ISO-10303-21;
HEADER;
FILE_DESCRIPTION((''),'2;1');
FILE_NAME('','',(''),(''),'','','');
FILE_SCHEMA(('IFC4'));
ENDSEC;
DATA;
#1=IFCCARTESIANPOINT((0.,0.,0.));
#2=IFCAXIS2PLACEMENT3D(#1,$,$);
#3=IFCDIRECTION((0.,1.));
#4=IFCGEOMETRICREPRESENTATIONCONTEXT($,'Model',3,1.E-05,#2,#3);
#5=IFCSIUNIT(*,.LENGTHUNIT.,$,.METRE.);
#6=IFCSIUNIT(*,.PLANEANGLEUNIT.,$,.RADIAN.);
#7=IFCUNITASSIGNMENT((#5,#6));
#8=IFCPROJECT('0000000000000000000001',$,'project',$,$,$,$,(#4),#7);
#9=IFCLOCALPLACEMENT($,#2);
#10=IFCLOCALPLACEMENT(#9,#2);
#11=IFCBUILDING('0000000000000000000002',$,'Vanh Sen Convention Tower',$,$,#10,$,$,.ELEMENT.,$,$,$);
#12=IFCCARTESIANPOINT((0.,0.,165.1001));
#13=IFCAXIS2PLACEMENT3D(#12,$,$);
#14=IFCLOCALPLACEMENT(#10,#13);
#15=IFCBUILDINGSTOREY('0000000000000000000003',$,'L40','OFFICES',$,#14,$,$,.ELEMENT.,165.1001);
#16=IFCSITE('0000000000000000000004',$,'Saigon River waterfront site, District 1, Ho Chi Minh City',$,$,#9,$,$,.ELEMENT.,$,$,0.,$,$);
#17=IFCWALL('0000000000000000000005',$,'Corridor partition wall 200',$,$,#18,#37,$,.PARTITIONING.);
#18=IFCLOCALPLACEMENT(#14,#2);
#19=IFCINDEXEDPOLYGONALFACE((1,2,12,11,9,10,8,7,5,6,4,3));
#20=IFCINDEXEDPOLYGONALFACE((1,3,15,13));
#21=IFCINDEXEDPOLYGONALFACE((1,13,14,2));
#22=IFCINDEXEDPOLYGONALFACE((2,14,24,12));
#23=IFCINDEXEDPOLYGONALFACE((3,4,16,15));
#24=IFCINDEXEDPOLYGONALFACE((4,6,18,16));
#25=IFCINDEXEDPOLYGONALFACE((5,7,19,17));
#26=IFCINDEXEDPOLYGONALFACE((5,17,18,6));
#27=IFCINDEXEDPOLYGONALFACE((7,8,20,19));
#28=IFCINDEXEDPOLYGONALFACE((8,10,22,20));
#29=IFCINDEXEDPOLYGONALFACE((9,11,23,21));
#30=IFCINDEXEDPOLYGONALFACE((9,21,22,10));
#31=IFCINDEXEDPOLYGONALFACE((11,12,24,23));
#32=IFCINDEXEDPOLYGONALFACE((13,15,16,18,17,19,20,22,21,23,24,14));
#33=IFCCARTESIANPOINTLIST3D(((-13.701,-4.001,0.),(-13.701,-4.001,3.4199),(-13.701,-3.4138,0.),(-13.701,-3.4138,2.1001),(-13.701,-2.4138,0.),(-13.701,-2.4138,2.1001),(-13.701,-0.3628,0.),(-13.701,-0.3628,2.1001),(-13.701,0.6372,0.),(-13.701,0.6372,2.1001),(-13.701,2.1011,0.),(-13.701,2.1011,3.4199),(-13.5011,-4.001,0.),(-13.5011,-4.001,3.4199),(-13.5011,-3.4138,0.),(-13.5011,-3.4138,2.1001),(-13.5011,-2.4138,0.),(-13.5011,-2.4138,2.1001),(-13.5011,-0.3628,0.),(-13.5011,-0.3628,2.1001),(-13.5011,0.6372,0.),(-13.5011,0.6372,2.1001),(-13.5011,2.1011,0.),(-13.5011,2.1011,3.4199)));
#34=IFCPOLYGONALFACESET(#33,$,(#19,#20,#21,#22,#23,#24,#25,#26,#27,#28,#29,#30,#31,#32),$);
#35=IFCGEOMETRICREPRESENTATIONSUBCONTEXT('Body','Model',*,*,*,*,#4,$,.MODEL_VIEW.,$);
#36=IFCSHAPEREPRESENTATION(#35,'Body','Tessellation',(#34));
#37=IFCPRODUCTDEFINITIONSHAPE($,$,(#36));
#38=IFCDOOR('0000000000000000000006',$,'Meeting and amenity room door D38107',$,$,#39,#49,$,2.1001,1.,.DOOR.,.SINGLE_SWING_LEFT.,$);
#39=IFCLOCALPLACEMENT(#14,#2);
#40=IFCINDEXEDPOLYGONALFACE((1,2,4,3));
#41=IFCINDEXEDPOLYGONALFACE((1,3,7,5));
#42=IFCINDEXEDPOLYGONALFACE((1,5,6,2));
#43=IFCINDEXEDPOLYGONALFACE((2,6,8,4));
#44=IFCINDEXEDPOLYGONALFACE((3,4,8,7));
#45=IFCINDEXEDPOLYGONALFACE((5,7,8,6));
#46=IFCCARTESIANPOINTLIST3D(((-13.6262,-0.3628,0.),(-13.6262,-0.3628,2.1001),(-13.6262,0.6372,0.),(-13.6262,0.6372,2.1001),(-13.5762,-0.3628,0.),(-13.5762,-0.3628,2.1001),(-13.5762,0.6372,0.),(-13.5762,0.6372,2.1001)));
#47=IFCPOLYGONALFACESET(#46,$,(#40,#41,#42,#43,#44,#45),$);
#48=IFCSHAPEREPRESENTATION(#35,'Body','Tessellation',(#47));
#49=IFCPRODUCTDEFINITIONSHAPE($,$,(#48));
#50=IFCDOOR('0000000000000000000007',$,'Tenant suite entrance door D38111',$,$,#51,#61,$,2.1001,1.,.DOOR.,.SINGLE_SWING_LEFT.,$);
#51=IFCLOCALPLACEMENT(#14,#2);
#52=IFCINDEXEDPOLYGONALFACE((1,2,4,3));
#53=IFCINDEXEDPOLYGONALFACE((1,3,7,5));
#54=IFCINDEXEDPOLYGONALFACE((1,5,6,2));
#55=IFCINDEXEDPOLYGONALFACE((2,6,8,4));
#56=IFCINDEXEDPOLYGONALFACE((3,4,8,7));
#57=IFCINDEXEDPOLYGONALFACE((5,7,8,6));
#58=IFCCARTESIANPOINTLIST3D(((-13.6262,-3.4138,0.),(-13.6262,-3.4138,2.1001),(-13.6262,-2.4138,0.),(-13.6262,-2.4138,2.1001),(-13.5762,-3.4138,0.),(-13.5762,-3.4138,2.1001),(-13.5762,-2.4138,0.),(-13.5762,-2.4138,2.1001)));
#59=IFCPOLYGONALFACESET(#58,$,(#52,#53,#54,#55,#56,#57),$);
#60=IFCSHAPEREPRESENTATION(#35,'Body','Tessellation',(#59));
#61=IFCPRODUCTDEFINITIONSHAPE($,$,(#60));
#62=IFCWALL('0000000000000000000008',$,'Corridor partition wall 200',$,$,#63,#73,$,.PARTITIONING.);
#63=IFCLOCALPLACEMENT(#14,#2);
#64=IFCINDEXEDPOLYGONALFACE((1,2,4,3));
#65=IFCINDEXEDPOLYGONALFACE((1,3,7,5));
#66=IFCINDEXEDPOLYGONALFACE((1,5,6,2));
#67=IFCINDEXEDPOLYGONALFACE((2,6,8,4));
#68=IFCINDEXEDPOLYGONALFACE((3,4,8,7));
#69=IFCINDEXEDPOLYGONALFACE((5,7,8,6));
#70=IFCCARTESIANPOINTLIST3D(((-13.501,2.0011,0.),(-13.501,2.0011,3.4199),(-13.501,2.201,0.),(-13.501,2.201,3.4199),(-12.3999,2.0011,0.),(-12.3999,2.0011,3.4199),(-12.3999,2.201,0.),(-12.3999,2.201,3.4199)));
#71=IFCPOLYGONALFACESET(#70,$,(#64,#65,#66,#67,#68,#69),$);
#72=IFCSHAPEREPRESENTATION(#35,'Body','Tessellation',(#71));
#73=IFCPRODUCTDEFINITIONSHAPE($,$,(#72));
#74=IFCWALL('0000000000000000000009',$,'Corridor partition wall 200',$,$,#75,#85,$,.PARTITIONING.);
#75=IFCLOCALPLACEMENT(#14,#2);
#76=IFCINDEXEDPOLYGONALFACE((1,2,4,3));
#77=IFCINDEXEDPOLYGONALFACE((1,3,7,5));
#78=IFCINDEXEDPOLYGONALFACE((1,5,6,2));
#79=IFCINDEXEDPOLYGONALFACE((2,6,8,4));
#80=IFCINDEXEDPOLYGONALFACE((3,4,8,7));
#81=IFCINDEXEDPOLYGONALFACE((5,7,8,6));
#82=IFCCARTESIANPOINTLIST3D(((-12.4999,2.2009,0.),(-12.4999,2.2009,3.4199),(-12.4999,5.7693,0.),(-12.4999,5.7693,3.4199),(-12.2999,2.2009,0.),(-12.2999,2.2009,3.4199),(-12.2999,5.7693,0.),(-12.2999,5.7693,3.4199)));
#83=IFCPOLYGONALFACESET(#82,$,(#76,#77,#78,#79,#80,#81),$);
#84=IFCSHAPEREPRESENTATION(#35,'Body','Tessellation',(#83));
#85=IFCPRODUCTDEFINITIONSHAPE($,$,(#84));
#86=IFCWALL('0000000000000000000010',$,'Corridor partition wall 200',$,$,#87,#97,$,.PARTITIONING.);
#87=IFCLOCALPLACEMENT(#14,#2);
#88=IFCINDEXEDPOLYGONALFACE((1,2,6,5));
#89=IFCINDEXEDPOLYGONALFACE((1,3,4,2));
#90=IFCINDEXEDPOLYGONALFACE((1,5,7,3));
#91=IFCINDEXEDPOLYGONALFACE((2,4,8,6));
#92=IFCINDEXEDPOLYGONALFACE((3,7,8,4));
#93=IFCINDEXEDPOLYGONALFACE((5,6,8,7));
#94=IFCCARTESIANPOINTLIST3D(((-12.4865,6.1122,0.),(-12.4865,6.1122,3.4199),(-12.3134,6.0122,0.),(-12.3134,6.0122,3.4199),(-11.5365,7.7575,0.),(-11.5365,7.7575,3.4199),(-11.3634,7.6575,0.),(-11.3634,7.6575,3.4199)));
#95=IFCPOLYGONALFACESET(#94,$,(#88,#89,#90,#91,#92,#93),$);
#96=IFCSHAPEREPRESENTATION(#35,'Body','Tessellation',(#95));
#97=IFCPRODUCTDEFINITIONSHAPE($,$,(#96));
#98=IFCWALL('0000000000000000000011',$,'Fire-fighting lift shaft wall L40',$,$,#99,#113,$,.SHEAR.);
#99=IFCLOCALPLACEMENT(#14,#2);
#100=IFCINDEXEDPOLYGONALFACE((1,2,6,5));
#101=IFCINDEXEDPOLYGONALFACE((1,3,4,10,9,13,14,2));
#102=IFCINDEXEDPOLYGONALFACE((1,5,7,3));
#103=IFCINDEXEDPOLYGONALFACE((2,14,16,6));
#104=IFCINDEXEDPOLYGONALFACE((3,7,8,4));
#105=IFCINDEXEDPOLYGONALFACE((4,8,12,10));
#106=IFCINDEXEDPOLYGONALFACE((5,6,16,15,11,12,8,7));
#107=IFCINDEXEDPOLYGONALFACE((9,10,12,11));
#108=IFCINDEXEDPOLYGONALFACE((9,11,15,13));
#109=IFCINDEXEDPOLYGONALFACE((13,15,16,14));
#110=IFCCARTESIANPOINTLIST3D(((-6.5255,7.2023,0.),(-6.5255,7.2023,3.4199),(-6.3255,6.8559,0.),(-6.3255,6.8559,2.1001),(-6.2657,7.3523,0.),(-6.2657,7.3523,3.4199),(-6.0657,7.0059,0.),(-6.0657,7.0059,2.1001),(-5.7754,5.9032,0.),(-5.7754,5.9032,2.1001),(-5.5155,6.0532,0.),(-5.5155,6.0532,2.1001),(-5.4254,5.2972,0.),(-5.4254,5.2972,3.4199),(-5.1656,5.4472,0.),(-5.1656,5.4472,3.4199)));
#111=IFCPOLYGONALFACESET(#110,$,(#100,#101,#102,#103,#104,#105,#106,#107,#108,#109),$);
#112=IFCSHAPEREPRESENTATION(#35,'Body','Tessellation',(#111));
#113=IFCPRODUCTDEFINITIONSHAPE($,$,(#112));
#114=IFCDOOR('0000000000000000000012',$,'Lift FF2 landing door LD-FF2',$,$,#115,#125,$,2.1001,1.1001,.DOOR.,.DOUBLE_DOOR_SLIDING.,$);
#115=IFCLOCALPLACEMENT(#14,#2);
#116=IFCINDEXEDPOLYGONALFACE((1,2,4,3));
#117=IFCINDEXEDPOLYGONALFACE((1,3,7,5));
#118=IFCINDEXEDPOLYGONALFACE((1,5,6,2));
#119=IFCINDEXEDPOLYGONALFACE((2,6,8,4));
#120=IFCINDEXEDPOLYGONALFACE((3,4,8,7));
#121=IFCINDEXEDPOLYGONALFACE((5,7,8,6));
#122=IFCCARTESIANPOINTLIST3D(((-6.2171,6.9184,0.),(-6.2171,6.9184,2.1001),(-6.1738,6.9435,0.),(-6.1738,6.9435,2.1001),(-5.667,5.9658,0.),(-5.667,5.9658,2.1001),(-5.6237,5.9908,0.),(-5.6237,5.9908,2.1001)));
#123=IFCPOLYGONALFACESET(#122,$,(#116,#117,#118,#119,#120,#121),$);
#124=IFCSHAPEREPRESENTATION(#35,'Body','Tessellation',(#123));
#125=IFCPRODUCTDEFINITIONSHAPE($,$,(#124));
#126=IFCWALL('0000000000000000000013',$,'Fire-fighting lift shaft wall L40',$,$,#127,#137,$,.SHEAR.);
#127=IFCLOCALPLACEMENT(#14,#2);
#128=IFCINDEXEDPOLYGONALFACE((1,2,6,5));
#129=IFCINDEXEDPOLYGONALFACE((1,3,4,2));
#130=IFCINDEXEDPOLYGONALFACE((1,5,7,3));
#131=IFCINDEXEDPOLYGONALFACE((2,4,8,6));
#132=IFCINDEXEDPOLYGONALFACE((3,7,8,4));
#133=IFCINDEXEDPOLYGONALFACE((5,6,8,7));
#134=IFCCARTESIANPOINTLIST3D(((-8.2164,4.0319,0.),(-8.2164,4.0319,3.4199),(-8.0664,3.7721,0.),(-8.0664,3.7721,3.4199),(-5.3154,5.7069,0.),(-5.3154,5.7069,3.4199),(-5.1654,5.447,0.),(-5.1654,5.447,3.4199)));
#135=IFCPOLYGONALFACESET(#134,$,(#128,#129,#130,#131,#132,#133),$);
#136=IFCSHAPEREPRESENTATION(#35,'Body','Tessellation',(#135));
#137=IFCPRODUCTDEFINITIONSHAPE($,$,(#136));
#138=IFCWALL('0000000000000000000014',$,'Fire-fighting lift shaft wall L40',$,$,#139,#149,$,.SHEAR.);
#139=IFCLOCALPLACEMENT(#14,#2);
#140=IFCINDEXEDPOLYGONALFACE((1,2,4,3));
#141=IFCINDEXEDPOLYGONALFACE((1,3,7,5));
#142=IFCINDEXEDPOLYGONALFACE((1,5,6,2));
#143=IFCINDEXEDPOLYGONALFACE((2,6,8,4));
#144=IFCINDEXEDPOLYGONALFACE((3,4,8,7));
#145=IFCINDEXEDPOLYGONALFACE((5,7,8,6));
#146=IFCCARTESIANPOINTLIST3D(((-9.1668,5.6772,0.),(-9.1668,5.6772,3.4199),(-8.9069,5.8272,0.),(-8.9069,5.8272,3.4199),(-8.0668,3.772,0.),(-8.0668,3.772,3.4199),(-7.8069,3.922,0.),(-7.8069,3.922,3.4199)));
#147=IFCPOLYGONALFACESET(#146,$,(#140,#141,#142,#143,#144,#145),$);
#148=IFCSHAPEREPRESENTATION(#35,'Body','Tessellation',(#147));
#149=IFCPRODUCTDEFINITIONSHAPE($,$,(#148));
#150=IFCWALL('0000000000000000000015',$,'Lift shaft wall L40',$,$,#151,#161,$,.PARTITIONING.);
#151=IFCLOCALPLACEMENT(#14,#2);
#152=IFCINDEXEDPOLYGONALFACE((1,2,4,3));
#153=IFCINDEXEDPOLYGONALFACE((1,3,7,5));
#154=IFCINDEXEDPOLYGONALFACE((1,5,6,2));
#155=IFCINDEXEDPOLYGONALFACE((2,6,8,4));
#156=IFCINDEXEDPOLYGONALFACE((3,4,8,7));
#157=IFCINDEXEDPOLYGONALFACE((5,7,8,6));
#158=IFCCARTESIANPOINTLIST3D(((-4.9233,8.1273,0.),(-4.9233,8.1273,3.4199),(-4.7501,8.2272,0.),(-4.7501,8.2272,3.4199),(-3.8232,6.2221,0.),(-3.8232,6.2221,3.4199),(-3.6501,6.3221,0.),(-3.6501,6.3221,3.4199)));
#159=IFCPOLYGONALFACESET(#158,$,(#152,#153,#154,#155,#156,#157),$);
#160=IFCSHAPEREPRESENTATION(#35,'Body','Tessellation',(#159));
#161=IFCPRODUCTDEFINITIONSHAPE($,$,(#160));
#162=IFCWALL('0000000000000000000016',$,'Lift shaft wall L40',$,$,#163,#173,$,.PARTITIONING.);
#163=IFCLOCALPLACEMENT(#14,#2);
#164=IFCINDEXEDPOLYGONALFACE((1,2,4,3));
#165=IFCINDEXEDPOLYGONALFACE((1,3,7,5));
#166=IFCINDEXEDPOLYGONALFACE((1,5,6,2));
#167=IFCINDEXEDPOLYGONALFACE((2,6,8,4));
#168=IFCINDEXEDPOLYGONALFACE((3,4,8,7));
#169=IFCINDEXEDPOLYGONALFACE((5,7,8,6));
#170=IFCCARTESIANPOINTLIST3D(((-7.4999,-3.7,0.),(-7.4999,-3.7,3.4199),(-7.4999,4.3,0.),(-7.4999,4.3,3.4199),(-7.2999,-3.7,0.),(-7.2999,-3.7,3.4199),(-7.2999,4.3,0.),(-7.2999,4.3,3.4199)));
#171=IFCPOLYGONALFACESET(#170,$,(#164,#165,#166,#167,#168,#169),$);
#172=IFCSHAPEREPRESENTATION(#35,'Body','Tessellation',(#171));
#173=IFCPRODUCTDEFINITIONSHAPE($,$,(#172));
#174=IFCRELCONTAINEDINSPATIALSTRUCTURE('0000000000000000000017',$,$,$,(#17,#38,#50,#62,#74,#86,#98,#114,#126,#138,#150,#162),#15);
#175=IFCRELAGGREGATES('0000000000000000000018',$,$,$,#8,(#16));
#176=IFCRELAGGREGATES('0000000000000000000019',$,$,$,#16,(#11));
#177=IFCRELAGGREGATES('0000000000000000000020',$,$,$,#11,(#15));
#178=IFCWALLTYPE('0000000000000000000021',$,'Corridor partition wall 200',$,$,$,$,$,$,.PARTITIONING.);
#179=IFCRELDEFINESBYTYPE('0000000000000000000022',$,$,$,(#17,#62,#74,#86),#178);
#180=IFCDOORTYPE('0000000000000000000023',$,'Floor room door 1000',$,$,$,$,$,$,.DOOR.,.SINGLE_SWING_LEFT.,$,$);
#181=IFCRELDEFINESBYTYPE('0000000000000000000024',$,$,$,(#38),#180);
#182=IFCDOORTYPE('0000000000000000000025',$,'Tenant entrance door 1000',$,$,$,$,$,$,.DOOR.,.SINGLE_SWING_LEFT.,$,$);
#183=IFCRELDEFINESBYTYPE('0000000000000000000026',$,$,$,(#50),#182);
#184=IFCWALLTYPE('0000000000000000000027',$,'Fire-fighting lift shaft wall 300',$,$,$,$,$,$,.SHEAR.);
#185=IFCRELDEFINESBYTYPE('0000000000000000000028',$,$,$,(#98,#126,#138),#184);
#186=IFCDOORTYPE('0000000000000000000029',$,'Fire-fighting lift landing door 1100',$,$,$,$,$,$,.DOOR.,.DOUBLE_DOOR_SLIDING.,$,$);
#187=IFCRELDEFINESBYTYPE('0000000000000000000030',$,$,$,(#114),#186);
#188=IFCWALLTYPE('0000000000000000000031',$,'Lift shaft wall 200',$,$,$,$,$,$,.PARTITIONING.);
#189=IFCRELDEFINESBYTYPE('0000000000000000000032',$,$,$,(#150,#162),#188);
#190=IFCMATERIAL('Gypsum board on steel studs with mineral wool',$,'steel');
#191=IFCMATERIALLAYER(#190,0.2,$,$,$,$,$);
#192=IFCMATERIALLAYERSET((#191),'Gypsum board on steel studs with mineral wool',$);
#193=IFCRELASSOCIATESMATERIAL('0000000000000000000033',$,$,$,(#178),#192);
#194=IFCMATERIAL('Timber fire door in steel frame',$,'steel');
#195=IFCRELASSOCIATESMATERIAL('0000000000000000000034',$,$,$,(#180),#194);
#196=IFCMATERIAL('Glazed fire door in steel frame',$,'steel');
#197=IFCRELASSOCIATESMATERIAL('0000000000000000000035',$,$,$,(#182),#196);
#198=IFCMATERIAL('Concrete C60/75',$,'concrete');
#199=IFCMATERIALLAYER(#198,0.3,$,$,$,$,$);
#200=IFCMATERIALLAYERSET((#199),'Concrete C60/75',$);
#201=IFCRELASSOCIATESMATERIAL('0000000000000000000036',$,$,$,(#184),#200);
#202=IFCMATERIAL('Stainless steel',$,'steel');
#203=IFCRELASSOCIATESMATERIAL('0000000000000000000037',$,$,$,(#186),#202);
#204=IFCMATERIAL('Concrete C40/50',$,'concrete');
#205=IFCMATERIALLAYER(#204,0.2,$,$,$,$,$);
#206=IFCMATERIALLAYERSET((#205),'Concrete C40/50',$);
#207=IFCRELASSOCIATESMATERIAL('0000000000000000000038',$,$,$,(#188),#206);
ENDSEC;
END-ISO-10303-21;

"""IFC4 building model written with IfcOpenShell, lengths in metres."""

from ifc_helpers import new_model, si_unit, direction, frame, frame_2d, origin, place, context, subcontext, project, spatial, rectangle, extrude, material, layer, layer_set, type_object, element, fill, save


model = new_model("IFC4")

# Units and contexts
model_context = context("Model", 3, precision=1e-05, world=origin(), true_north=direction((0.0, 1.0)))
body_context = subcontext(model_context, "Body", "Model", "MODEL_VIEW")
ifc_project = project(units=[si_unit("LENGTHUNIT", "METRE"), si_unit("PLANEANGLEUNIT", "RADIAN")], contexts=[model_context])

# Site, building, storey
site_placement = place(None, origin())
site = spatial("IfcSite", under=ifc_project, at=site_placement, Name="Saigon River waterfront site, District 1, Ho Chi Minh City", CompositionType="ELEMENT", RefElevation=0.0)
building_placement = place(site_placement, origin())
building = spatial("IfcBuilding", under=site, at=building_placement, Name="Vanh Sen Convention Tower", CompositionType="ELEMENT")
storey_placement = place(building_placement, frame((0.0, 0.0, 165.1001)))
storey = spatial("IfcBuildingStorey", under=building, at=storey_placement, Name="L40", Description="OFFICES", CompositionType="ELEMENT", Elevation=165.1001)

# Wall, openings, doors
ifc_material_1 = material(Name="Stainless steel", Category="steel")
ifc_material_2 = material(Name="Gypsum board on steel studs with mineral wool", Category="steel")
ifc_layer_1 = layer(ifc_material_2, 0.2)
ifc_layer_set_1 = layer_set([ifc_layer_1], Name="Gypsum board on steel studs with mineral wool")
wall_type_1 = type_object("IfcWallType", Name="Corridor partition wall 200", PredefinedType="PARTITIONING", material=ifc_layer_set_1)
wall_1_placement = place(storey_placement, frame((-13.6011, 2.1011, 0.0), z_axis=(0.0, 0.0, 1.0), x_axis=(0.0, -1.0, 0.0)))
wall_1 = element("IfcWall", 1, at=wall_1_placement, inside=storey, type_object=wall_type_1, Name="Corridor partition wall 200", PredefinedType="PARTITIONING", context=body_context, shape_type="SweptSolid", body=[
    extrude(rectangle(XDim=6.1021, YDim=0.2, at=frame_2d((3.051, 0.0))), origin(), (0.0, 0.0, 1.0), 3.4199),
])
opening_1_placement = place(wall_1_placement, frame((1.4639, 0.0, 0.0)))
opening_1 = element("IfcOpeningElement", 2, at=opening_1_placement, cuts=wall_1, PredefinedType="OPENING", context=body_context, shape_type="SweptSolid", body=[
    extrude(rectangle(XDim=1.0, YDim=2.1001, at=frame_2d((0.5, 1.05))), frame((0.0, 0.1099, 0.0), z_axis=(0.0, -1.0, 0.0), x_axis=(1.0, 0.0, 0.0)), (0.0, 0.0, 1.0), 0.22),
])
opening_2_placement = place(wall_1_placement, frame((4.5149, 0.0, 0.0)))
opening_2 = element("IfcOpeningElement", 3, at=opening_2_placement, cuts=wall_1, PredefinedType="OPENING", context=body_context, shape_type="SweptSolid", body=[
    extrude(rectangle(XDim=1.0, YDim=2.1001, at=frame_2d((0.5, 1.05))), frame((0.0, 0.1099, 0.0), z_axis=(0.0, -1.0, 0.0), x_axis=(1.0, 0.0, 0.0)), (0.0, 0.0, 1.0), 0.22),
])
ifc_material_3 = material(Name="Timber fire door in steel frame", Category="steel")
door_type_1 = type_object("IfcDoorType", Name="Floor room door 1000", OperationType="SINGLE_SWING_LEFT", PredefinedType="DOOR", material=ifc_material_3)
door_1_placement = place(opening_1_placement, origin())
door_1 = element("IfcDoor", 4, at=door_1_placement, inside=storey, type_object=door_type_1, Name="Meeting and amenity room door D38107", OperationType="SINGLE_SWING_LEFT", OverallHeight=2.1001, OverallWidth=1.0, PredefinedType="DOOR", context=body_context, shape_type="SweptSolid", body=[
    extrude(rectangle(XDim=1.0, YDim=2.1001, at=frame_2d((0.5, 1.05))), frame((0.0, 0.0249, 0.0), z_axis=(0.0, -1.0, 0.0), x_axis=(1.0, 0.0, 0.0)), (0.0, 0.0, 1.0), 0.05),
])
fill(opening_1, door_1)
ifc_material_4 = material(Name="Glazed fire door in steel frame", Category="steel")
door_type_2 = type_object("IfcDoorType", Name="Tenant entrance door 1000", OperationType="SINGLE_SWING_LEFT", PredefinedType="DOOR", material=ifc_material_4)
door_2_placement = place(opening_2_placement, origin())
door_2 = element("IfcDoor", 5, at=door_2_placement, inside=storey, type_object=door_type_2, Name="Tenant suite entrance door D38111", OperationType="SINGLE_SWING_LEFT", OverallHeight=2.1001, OverallWidth=1.0, PredefinedType="DOOR", context=body_context, shape_type="SweptSolid", body=[
    extrude(rectangle(XDim=1.0, YDim=2.1001, at=frame_2d((0.5, 1.05))), frame((0.0, 0.0249, 0.0), z_axis=(0.0, -1.0, 0.0), x_axis=(1.0, 0.0, 0.0)), (0.0, 0.0, 1.0), 0.05),
])
fill(opening_2, door_2)

# Walls
wall_2_placement = place(storey_placement, frame((-12.3999, 2.1011, 0.0), z_axis=(0.0, 0.0, 1.0), x_axis=(-1.0, 0.0, 0.0)))
element("IfcWall", 6, at=wall_2_placement, inside=storey, type_object=wall_type_1, Name="Corridor partition wall 200", PredefinedType="PARTITIONING", context=body_context, shape_type="SweptSolid", body=[
    extrude(rectangle(XDim=1.1011, YDim=0.2, at=frame_2d((0.5505, 0.0))), origin(), (0.0, 0.0, 1.0), 3.4199),
])
wall_3_placement = place(storey_placement, frame((-12.3999, 5.7693, 0.0), z_axis=(0.0, 0.0, 1.0), x_axis=(0.0, -1.0, 0.0)))
element("IfcWall", 7, at=wall_3_placement, inside=storey, type_object=wall_type_1, Name="Corridor partition wall 200", PredefinedType="PARTITIONING", context=body_context, shape_type="SweptSolid", body=[
    extrude(rectangle(XDim=3.5684, YDim=0.2, at=frame_2d((1.7842, 0.0))), origin(), (0.0, 0.0, 1.0), 3.4199),
])
wall_4_placement = place(storey_placement, frame((-11.45, 7.7075, 0.0), z_axis=(0.0, 0.0, 1.0), x_axis=(-0.500023, -0.866012, 0.0)))
element("IfcWall", 8, at=wall_4_placement, inside=storey, type_object=wall_type_1, Name="Corridor partition wall 200", PredefinedType="PARTITIONING", context=body_context, shape_type="SweptSolid", body=[
    extrude(rectangle(XDim=1.8999, YDim=0.2, at=frame_2d((0.95, 0.0))), origin(), (0.0, 0.0, 1.0), 3.4199),
])

# Wall, opening, door
ifc_material_5 = material(Name="Concrete C60/75", Category="concrete")
ifc_layer_2 = layer(ifc_material_5, 0.3)
ifc_layer_set_2 = layer_set([ifc_layer_2], Name="Concrete C60/75")
wall_type_2 = type_object("IfcWallType", Name="Fire-fighting lift shaft wall 300", PredefinedType="SHEAR", material=ifc_layer_set_2)
wall_5_placement = place(storey_placement, frame((-5.2954, 5.3721, 0.0), z_axis=(0.0, 0.0, 1.0), x_axis=(-0.500078, 0.86598, 0.0)))
wall_5 = element("IfcWall", 9, at=wall_5_placement, inside=storey, type_object=wall_type_2, Name="Fire-fighting lift shaft wall L40", PredefinedType="SHEAR", context=body_context, shape_type="SweptSolid", body=[
    extrude(rectangle(XDim=2.2, YDim=0.3, at=frame_2d((1.1001, 0.0))), origin(), (0.0, 0.0, 1.0), 3.4199),
])
opening_3_placement = place(wall_5_placement, frame((0.7, 0.0, 0.0)))
opening_3 = element("IfcOpeningElement", 10, at=opening_3_placement, cuts=wall_5, PredefinedType="OPENING", context=body_context, shape_type="SweptSolid", body=[
    extrude(rectangle(XDim=1.1001, YDim=2.1001, at=frame_2d((0.55, 1.05))), frame((0.0, 0.1599, 0.0), z_axis=(0.0, -1.0, 0.0), x_axis=(1.0, 0.0, 0.0)), (0.0, 0.0, 1.0), 0.3201),
])
door_type_3 = type_object("IfcDoorType", Name="Fire-fighting lift landing door 1100", OperationType="DOUBLE_DOOR_SLIDING", PredefinedType="DOOR", material=ifc_material_1)
door_3_placement = place(opening_3_placement, origin())
door_3 = element("IfcDoor", 11, at=door_3_placement, inside=storey, type_object=door_type_3, Name="Lift FF2 landing door LD-FF2", OperationType="DOUBLE_DOOR_SLIDING", OverallHeight=2.1001, OverallWidth=1.1001, PredefinedType="DOOR", context=body_context, shape_type="SweptSolid", body=[
    extrude(rectangle(XDim=1.1001, YDim=2.1001, at=frame_2d((0.55, 1.05))), frame((0.0, 0.0249, 0.0), z_axis=(0.0, -1.0, 0.0), x_axis=(1.0, 0.0, 0.0)), (0.0, 0.0, 1.0), 0.05),
])
fill(opening_3, door_3)

# Walls
wall_6_placement = place(storey_placement, frame((-5.2405, 5.5769, 0.0), z_axis=(0.0, 0.0, 1.0), x_axis=(-0.866014, -0.500019, 0.0)))
element("IfcWall", 12, at=wall_6_placement, inside=storey, type_object=wall_type_2, Name="Fire-fighting lift shaft wall L40", PredefinedType="SHEAR", context=body_context, shape_type="SweptSolid", body=[
    extrude(rectangle(XDim=3.3499, YDim=0.3, at=frame_2d((1.6748, 0.0))), origin(), (0.0, 0.0, 1.0), 3.4199),
])
wall_7_placement = place(storey_placement, frame((-7.9368, 3.8469, 0.0), z_axis=(0.0, 0.0, 1.0), x_axis=(-0.50003, 0.866008, 0.0)))
element("IfcWall", 13, at=wall_7_placement, inside=storey, type_object=wall_type_2, Name="Fire-fighting lift shaft wall L40", PredefinedType="SHEAR", context=body_context, shape_type="SweptSolid", body=[
    extrude(rectangle(XDim=2.2, YDim=0.3, at=frame_2d((1.1001, 0.0))), origin(), (0.0, 0.0, 1.0), 3.4199),
])
ifc_material_6 = material(Name="Concrete C40/50", Category="concrete")
ifc_layer_3 = layer(ifc_material_6, 0.2)
ifc_layer_set_3 = layer_set([ifc_layer_3], Name="Concrete C40/50")
wall_type_3 = type_object("IfcWallType", Name="Lift shaft wall 200", PredefinedType="PARTITIONING", material=ifc_layer_set_3)
wall_8_placement = place(storey_placement, frame((-3.7366, 6.272, 0.0), z_axis=(0.0, 0.0, 1.0), x_axis=(-0.50003, 0.866008, 0.0)))
element("IfcWall", 14, at=wall_8_placement, inside=storey, type_object=wall_type_3, Name="Lift shaft wall L40", PredefinedType="PARTITIONING", context=body_context, shape_type="SweptSolid", body=[
    extrude(rectangle(XDim=2.2, YDim=0.2, at=frame_2d((1.1001, 0.0))), origin(), (0.0, 0.0, 1.0), 3.4199),
])
wall_9_placement = place(storey_placement, frame((-7.3999, 4.3, 0.0), z_axis=(0.0, 0.0, 1.0), x_axis=(0.0, -1.0, 0.0)))
element("IfcWall", 15, at=wall_9_placement, inside=storey, type_object=wall_type_3, Name="Lift shaft wall L40", PredefinedType="PARTITIONING", context=body_context, shape_type="SweptSolid", body=[
    extrude(rectangle(XDim=8.0, YDim=0.2, at=frame_2d((4.0, 0.0))), origin(), (0.0, 0.0, 1.0), 3.4199),
])

save(model, "model.ifc")
